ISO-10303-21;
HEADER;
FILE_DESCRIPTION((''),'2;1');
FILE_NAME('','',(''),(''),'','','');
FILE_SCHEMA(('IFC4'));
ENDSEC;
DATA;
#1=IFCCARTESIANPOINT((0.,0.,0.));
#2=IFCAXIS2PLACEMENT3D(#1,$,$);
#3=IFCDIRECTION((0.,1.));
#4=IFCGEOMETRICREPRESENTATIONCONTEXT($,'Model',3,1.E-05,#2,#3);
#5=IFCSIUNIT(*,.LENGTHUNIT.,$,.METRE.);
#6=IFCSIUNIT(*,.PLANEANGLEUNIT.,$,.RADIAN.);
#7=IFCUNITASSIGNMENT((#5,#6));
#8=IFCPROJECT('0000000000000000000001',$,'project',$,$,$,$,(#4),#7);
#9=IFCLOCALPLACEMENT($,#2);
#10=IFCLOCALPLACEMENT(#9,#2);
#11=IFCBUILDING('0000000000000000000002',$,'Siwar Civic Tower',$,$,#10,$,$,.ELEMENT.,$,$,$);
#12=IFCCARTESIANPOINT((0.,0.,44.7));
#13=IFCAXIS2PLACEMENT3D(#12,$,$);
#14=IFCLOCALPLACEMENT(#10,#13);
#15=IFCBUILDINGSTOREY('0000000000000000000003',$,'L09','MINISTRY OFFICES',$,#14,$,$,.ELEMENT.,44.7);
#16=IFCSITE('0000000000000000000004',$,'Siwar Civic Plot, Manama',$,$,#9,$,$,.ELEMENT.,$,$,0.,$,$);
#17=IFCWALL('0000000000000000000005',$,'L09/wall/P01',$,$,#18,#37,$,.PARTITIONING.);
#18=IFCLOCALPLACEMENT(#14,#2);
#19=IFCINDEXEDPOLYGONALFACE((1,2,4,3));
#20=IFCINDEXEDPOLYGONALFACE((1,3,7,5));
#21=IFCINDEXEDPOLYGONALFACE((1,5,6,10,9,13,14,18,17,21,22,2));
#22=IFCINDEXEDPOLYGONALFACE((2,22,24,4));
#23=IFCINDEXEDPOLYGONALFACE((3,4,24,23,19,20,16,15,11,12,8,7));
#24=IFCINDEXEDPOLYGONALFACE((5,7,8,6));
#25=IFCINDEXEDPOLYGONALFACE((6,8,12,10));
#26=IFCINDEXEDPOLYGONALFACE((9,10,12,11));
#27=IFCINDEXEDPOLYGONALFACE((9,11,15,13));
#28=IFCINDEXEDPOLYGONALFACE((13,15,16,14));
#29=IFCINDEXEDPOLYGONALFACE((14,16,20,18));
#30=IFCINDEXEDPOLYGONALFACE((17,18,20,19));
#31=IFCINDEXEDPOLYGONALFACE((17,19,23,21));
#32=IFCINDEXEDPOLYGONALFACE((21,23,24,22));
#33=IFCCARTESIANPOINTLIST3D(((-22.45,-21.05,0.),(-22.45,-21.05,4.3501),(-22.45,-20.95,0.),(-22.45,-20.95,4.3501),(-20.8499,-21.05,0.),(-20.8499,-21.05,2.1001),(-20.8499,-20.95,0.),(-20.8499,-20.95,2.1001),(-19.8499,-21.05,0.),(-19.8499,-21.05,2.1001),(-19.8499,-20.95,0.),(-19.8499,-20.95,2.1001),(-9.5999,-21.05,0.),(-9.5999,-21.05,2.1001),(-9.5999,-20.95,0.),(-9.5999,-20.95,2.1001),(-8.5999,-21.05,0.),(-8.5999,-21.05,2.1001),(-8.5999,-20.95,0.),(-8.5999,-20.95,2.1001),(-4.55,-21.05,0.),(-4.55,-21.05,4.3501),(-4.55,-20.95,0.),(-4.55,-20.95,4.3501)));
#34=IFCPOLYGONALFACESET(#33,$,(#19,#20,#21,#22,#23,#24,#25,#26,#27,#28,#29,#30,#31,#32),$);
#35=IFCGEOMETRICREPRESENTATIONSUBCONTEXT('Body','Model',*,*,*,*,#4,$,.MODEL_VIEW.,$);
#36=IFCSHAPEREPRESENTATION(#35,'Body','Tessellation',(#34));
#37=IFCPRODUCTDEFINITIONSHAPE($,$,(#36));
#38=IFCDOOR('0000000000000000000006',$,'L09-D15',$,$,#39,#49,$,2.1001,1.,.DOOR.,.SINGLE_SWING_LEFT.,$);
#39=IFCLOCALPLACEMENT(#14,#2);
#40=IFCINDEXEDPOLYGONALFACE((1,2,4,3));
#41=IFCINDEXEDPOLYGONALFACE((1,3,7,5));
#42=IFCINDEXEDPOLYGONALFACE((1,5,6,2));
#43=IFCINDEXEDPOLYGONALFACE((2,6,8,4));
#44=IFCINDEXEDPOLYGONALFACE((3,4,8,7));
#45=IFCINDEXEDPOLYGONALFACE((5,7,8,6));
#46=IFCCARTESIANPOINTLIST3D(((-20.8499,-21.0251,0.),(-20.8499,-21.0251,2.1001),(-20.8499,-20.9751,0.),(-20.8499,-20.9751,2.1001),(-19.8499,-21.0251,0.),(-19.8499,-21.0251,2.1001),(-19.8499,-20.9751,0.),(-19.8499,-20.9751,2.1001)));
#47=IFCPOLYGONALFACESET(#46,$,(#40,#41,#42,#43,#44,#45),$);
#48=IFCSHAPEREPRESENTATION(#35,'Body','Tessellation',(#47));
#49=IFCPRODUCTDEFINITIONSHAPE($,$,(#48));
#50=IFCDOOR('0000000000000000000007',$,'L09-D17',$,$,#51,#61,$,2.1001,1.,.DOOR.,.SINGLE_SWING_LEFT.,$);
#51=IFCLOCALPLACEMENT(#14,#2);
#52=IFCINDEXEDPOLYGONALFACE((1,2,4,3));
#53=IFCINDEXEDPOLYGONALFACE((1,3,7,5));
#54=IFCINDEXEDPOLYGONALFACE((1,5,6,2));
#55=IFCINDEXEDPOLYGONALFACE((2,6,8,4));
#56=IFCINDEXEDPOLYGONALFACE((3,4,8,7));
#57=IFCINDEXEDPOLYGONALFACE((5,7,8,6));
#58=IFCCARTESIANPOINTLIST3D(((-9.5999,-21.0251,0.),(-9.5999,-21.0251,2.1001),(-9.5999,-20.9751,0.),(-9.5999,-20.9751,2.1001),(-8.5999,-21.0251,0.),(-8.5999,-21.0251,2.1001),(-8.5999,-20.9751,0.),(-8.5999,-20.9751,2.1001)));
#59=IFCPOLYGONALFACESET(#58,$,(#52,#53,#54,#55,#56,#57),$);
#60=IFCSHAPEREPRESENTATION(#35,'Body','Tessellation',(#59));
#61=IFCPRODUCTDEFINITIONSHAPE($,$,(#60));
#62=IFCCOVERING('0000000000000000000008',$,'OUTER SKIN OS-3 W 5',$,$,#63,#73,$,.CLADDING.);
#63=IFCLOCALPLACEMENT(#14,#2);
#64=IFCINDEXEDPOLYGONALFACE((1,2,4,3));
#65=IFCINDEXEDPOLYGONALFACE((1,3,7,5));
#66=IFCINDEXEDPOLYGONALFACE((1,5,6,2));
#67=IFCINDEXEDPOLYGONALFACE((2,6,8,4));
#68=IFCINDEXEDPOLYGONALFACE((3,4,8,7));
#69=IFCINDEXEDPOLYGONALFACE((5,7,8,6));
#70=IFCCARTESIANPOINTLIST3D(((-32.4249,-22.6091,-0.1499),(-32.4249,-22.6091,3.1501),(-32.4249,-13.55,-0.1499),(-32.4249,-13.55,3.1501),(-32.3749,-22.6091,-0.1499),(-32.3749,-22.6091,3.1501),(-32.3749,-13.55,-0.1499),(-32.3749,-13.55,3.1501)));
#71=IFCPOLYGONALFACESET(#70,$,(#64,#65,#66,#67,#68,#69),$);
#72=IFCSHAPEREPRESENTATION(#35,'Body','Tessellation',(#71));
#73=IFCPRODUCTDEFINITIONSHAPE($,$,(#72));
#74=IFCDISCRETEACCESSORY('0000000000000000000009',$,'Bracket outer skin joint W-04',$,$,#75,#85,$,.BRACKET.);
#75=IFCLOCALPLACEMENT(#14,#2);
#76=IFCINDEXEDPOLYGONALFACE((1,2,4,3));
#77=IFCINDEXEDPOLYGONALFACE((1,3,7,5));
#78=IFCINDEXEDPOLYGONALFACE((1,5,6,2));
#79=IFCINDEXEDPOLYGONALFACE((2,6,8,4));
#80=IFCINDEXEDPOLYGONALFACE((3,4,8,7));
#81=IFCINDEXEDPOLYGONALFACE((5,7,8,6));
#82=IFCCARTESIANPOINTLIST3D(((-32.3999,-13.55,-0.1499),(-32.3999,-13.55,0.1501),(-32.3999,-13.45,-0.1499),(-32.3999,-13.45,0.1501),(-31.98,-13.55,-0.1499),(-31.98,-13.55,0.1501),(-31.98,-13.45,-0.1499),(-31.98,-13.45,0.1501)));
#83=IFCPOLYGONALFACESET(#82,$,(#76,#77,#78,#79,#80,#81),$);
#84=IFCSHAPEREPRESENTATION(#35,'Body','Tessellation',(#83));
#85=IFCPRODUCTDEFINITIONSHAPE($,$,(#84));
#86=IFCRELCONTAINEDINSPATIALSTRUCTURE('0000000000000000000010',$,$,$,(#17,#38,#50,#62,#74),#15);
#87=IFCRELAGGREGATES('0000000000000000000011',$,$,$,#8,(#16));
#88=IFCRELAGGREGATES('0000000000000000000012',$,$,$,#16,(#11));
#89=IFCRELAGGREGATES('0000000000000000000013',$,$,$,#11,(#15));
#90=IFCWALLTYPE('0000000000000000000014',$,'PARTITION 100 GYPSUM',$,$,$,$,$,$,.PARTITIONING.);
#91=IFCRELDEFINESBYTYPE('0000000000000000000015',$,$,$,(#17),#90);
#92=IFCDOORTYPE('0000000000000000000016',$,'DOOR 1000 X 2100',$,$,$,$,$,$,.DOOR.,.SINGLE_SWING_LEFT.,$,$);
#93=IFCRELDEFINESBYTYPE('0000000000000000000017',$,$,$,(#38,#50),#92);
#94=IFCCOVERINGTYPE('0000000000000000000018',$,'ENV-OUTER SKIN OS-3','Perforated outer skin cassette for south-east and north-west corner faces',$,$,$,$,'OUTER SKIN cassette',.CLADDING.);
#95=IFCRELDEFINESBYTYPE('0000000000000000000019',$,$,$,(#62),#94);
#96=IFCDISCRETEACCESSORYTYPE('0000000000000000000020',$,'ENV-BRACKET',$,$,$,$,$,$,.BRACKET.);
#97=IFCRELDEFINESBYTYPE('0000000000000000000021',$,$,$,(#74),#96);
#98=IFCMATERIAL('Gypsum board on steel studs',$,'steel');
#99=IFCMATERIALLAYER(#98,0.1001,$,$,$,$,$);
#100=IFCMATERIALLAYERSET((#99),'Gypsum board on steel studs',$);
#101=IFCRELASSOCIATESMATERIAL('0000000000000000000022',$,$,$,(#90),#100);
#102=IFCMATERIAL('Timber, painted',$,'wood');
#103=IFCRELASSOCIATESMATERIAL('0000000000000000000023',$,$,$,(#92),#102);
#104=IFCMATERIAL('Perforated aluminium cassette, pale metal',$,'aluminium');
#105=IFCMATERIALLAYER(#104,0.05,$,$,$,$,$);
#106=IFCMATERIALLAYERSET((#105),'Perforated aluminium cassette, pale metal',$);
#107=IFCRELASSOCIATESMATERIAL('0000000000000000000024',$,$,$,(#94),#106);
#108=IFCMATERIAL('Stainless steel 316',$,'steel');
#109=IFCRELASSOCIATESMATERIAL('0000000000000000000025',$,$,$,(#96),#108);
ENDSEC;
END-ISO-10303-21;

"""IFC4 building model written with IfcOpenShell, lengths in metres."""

from ifc_helpers import new_model, si_unit, direction, frame, frame_2d, origin, origin_2d, place, context, subcontext, project, spatial, rectangle, extrude, material, layer, layer_set, type_object, element, fill, save


model = new_model("IFC4")

# Units and contexts
model_context = context("Model", 3, precision=1e-05, world=origin(), true_north=direction((0.0, 1.0)))
body_context = subcontext(model_context, "Body", "Model", "MODEL_VIEW")
ifc_project = project(units=[si_unit("LENGTHUNIT", "METRE"), si_unit("PLANEANGLEUNIT", "RADIAN")], contexts=[model_context])

# Site, building, storey
site_placement = place(None, origin())
site = spatial("IfcSite", under=ifc_project, at=site_placement, Name="Siwar Civic Plot, Manama", CompositionType="ELEMENT", RefElevation=0.0)
building_placement = place(site_placement, origin())
building = spatial("IfcBuilding", under=site, at=building_placement, Name="Siwar Civic Tower", CompositionType="ELEMENT")
storey_placement = place(building_placement, frame((0.0, 0.0, 44.7)))
storey = spatial("IfcBuildingStorey", under=building, at=storey_placement, Name="L09", Description="MINISTRY OFFICES", CompositionType="ELEMENT", Elevation=44.7)

# Wall, openings, doors
ifc_material_1 = material(Name="Gypsum board on steel studs", Category="steel")
ifc_layer_1 = layer(ifc_material_1, 0.1001)
ifc_layer_set_1 = layer_set([ifc_layer_1], Name="Gypsum board on steel studs")
wall_type_1 = type_object("IfcWallType", Name="PARTITION 100 GYPSUM", PredefinedType="PARTITIONING", material=ifc_layer_set_1)
wall_1_placement = place(storey_placement, frame((-22.45, -21.0, 0.0), z_axis=(0.0, 0.0, 1.0), x_axis=(1.0, 0.0, 0.0)))
wall_1 = element("IfcWall", 1, at=wall_1_placement, inside=storey, type_object=wall_type_1, Name="L09/wall/P01", PredefinedType="PARTITIONING", context=body_context, shape_type="SweptSolid", body=[
    extrude(rectangle(XDim=17.8999, YDim=0.1001, at=frame_2d((8.95, 0.0))), origin(), (0.0, 0.0, 1.0), 4.3501),
])
opening_1_placement = place(wall_1_placement, frame((1.6001, 0.0, 0.0)))
opening_1 = element("IfcOpeningElement", 2, at=opening_1_placement, cuts=wall_1, PredefinedType="OPENING", context=body_context, shape_type="SweptSolid", body=[
    extrude(rectangle(XDim=1.0, YDim=2.1001, at=frame_2d((0.5, 1.05))), frame((0.0, 0.0601, 0.0), z_axis=(0.0, -1.0, 0.0), x_axis=(1.0, 0.0, 0.0)), (0.0, 0.0, 1.0), 0.1201),
])
opening_2_placement = place(wall_1_placement, frame((12.8501, 0.0, 0.0)))
opening_2 = element("IfcOpeningElement", 3, at=opening_2_placement, cuts=wall_1, PredefinedType="OPENING", context=body_context, shape_type="SweptSolid", body=[
    extrude(rectangle(XDim=1.0, YDim=2.1001, at=frame_2d((0.5, 1.05))), frame((0.0, 0.0601, 0.0), z_axis=(0.0, -1.0, 0.0), x_axis=(1.0, 0.0, 0.0)), (0.0, 0.0, 1.0), 0.1201),
])
ifc_material_2 = material(Name="Timber, painted", Category="wood")
door_type_1 = type_object("IfcDoorType", Name="DOOR 1000 X 2100", OperationType="SINGLE_SWING_LEFT", PredefinedType="DOOR", material=ifc_material_2)
door_1_placement = place(opening_1_placement, origin())
door_1 = element("IfcDoor", 4, at=door_1_placement, inside=storey, type_object=door_type_1, Name="L09-D15", OperationType="SINGLE_SWING_LEFT", OverallHeight=2.1001, OverallWidth=1.0, PredefinedType="DOOR", context=body_context, shape_type="SweptSolid", body=[
    extrude(rectangle(XDim=1.0, YDim=2.1001, at=frame_2d((0.5, 1.05))), frame((0.0, 0.0249, 0.0), z_axis=(0.0, -1.0, 0.0), x_axis=(1.0, 0.0, 0.0)), (0.0, 0.0, 1.0), 0.05),
])
fill(opening_1, door_1)
door_2_placement = place(opening_2_placement, origin())
door_2 = element("IfcDoor", 5, at=door_2_placement, inside=storey, type_object=door_type_1, Name="L09-D17", OperationType="SINGLE_SWING_LEFT", OverallHeight=2.1001, OverallWidth=1.0, PredefinedType="DOOR", context=body_context, shape_type="SweptSolid", body=[
    extrude(rectangle(XDim=1.0, YDim=2.1001, at=frame_2d((0.5, 1.05))), frame((0.0, 0.0249, 0.0), z_axis=(0.0, -1.0, 0.0), x_axis=(1.0, 0.0, 0.0)), (0.0, 0.0, 1.0), 0.05),
])
fill(opening_2, door_2)

# Covering
ifc_material_3 = material(Name="Perforated aluminium cassette, pale metal", Category="aluminium")
ifc_layer_2 = layer(ifc_material_3, 0.05)
ifc_layer_set_2 = layer_set([ifc_layer_2], Name="Perforated aluminium cassette, pale metal")
covering_type = type_object("IfcCoveringType", Name="ENV-OUTER SKIN OS-3", Description="Perforated outer skin cassette for south-east and north-west corner faces", ElementType="OUTER SKIN cassette", PredefinedType="CLADDING", material=ifc_layer_set_2)
covering_placement = place(storey_placement, frame((-32.3999, -18.0796, -0.1499), z_axis=(0.0, 0.0, 1.0), x_axis=(0.0, -1.0, 0.0)))
element("IfcCovering", 6, at=covering_placement, inside=storey, type_object=covering_type, Name="OUTER SKIN OS-3 W 5", PredefinedType="CLADDING", context=body_context, shape_type="SweptSolid", body=[
    extrude(rectangle(XDim=9.0591, YDim=0.05, at=origin_2d()), origin(), (0.0, 0.0, 1.0), 3.3),
])

# Discrete accessory
ifc_material_4 = material(Name="Stainless steel 316", Category="steel")
discrete_accessory_type = type_object("IfcDiscreteAccessoryType", Name="ENV-BRACKET", PredefinedType="BRACKET", material=ifc_material_4)
discrete_accessory_placement = place(storey_placement, frame((-32.1899, -13.5, -0.1499), z_axis=(0.0, 0.0, 1.0), x_axis=(-1.0, 0.0, 0.0)))
element("IfcDiscreteAccessory", 7, at=discrete_accessory_placement, inside=storey, type_object=discrete_accessory_type, Name="Bracket outer skin joint W-04", PredefinedType="BRACKET", context=body_context, shape_type="SweptSolid", body=[
    extrude(rectangle(XDim=0.4199, YDim=0.1001, at=origin_2d()), origin(), (0.0, 0.0, 1.0), 0.3),
])

save(model, "model.ifc")
